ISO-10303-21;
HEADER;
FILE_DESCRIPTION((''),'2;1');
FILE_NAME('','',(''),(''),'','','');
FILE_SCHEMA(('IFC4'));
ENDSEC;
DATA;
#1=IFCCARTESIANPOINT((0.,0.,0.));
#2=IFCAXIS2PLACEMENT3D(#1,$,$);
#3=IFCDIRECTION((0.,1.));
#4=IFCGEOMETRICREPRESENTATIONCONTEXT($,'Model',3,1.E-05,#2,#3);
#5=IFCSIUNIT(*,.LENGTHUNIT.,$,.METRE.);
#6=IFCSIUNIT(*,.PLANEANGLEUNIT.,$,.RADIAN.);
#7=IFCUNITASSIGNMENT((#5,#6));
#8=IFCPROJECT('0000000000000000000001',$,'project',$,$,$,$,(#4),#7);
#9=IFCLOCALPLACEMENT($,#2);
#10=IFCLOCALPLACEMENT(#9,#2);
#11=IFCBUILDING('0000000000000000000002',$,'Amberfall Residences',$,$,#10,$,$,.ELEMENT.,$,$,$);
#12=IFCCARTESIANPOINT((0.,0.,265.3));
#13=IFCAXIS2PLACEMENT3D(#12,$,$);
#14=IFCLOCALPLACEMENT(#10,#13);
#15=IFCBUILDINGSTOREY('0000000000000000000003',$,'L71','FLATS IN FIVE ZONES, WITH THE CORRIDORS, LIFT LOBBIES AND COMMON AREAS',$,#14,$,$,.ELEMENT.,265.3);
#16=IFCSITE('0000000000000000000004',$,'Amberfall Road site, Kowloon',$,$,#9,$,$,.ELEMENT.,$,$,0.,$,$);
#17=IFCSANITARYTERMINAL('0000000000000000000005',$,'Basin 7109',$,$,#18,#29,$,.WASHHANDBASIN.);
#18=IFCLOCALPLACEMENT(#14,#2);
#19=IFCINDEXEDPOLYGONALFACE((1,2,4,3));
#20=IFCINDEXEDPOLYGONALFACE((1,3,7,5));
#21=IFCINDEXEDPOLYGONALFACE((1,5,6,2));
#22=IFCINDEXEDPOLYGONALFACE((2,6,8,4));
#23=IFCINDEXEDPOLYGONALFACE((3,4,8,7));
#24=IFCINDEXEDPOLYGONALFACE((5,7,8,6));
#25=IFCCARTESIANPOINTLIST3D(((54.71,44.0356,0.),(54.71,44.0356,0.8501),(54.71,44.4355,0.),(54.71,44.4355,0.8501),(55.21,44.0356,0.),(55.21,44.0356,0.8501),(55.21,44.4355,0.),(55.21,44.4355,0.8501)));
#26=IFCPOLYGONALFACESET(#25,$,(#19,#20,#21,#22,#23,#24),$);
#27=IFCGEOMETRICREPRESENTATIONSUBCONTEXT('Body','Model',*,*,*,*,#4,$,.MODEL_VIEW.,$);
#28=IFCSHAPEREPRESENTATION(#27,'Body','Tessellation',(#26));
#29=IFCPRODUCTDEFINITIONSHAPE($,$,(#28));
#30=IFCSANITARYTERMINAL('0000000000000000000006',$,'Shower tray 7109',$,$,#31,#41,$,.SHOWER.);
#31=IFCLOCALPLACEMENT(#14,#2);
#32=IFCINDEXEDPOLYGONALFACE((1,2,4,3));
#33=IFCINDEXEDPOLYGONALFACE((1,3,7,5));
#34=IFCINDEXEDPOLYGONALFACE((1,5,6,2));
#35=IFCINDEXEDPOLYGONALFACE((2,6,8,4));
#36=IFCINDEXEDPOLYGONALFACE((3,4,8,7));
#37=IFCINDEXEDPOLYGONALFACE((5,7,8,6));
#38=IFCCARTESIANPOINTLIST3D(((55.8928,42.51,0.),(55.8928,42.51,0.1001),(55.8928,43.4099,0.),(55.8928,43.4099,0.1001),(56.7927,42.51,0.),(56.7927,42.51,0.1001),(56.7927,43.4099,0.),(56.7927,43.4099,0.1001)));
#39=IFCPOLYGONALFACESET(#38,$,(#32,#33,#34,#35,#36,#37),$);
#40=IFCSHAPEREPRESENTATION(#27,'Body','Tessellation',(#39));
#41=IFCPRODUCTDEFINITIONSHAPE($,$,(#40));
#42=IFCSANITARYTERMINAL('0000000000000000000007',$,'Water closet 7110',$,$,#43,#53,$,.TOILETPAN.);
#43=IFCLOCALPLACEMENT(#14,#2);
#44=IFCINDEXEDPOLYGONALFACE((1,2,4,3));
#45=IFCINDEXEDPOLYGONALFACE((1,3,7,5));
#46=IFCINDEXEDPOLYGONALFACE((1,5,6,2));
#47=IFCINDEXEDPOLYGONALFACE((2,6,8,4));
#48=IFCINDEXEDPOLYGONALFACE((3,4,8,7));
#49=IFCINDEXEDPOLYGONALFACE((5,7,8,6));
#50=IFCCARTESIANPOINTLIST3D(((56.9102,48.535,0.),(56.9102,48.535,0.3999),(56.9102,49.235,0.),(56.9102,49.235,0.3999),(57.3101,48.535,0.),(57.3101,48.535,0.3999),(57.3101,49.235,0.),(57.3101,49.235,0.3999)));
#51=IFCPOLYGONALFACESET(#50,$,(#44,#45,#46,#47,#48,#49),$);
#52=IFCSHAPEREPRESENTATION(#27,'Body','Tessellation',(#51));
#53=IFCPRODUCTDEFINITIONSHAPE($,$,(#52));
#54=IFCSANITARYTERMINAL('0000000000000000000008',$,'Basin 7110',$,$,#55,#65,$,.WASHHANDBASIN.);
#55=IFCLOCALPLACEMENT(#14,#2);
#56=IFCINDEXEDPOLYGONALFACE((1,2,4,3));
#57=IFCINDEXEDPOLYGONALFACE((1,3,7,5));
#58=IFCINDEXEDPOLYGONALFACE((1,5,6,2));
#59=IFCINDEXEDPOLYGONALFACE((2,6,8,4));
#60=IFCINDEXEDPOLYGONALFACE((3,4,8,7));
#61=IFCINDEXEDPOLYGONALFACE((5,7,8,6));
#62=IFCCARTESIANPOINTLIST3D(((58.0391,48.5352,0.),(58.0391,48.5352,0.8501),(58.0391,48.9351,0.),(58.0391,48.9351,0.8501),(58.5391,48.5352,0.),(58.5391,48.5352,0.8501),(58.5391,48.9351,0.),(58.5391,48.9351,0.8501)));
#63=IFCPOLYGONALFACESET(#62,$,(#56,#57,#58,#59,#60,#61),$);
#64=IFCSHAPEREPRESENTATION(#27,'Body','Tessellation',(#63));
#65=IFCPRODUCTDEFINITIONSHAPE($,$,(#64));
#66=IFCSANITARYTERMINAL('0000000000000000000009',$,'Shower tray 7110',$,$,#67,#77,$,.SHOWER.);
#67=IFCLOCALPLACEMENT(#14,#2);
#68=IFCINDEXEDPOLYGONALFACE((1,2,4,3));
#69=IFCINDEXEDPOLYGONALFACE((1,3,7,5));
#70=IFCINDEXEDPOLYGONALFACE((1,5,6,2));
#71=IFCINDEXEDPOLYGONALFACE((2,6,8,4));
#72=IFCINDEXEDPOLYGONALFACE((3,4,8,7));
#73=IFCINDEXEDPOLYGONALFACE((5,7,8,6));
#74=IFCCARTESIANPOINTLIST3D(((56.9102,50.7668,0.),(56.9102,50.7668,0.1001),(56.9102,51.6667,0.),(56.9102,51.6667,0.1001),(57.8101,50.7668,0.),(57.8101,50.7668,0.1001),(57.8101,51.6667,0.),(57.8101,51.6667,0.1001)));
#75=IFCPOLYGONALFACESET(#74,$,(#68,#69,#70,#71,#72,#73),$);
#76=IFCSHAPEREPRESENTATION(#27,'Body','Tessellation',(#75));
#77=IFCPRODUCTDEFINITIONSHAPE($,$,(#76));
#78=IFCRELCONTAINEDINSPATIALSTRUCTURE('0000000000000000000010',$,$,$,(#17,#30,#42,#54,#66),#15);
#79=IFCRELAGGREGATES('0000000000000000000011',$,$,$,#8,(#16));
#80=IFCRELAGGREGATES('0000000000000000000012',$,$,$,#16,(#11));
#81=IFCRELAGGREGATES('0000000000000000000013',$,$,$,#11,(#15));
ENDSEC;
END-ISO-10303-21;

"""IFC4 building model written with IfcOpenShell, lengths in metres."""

from ifc_helpers import new_model, si_unit, direction, frame, origin, origin_2d, place, context, subcontext, project, spatial, rectangle, extrude, element, save


model = new_model("IFC4")

# Units and contexts
model_context = context("Model", 3, precision=1e-05, world=origin(), true_north=direction((0.0, 1.0)))
body_context = subcontext(model_context, "Body", "Model", "MODEL_VIEW")
ifc_project = project(units=[si_unit("LENGTHUNIT", "METRE"), si_unit("PLANEANGLEUNIT", "RADIAN")], contexts=[model_context])

# Site, building, storey
site_placement = place(None, origin())
site = spatial("IfcSite", under=ifc_project, at=site_placement, Name="Amberfall Road site, Kowloon", CompositionType="ELEMENT", RefElevation=0.0)
building_placement = place(site_placement, origin())
building = spatial("IfcBuilding", under=site, at=building_placement, Name="Amberfall Residences", CompositionType="ELEMENT")
storey_placement = place(building_placement, frame((0.0, 0.0, 265.3)))
storey = spatial("IfcBuildingStorey", under=building, at=storey_placement, Name="L71", Description="FLATS IN FIVE ZONES, WITH THE CORRIDORS, LIFT LOBBIES AND COMMON AREAS", CompositionType="ELEMENT", Elevation=265.3)

# Sanitary terminals
sanitary_terminal_1_placement = place(storey_placement, frame((54.96, 44.2356, 0.0), z_axis=(0.0, 0.0, 1.0), x_axis=(1.0, 0.0, 0.0)))
element("IfcSanitaryTerminal", 1, at=sanitary_terminal_1_placement, inside=storey, Name="Basin 7109", PredefinedType="WASHHANDBASIN", context=body_context, shape_type="SweptSolid", body=[
    extrude(rectangle(XDim=0.5, YDim=0.3999, at=origin_2d()), origin(), (0.0, 0.0, 1.0), 0.8501),
])
sanitary_terminal_2_placement = place(storey_placement, frame((56.3428, 42.96, 0.0), z_axis=(0.0, 0.0, 1.0), x_axis=(1.0, 0.0, 0.0)))
element("IfcSanitaryTerminal", 2, at=sanitary_terminal_2_placement, inside=storey, Name="Shower tray 7109", PredefinedType="SHOWER", context=body_context, shape_type="SweptSolid", body=[
    extrude(rectangle(XDim=0.8999, YDim=0.8999, at=origin_2d()), origin(), (0.0, 0.0, 1.0), 0.1001),
])
sanitary_terminal_3_placement = place(storey_placement, frame((57.1101, 48.885, 0.0), z_axis=(0.0, 0.0, 1.0), x_axis=(1.0, 0.0, 0.0)))
element("IfcSanitaryTerminal", 3, at=sanitary_terminal_3_placement, inside=storey, Name="Water closet 7110", PredefinedType="TOILETPAN", context=body_context, shape_type="SweptSolid", body=[
    extrude(rectangle(XDim=0.3999, YDim=0.7, at=origin_2d()), origin(), (0.0, 0.0, 1.0), 0.3999),
])
sanitary_terminal_4_placement = place(storey_placement, frame((58.2891, 48.7351, 0.0), z_axis=(0.0, 0.0, 1.0), x_axis=(1.0, 0.0, 0.0)))
element("IfcSanitaryTerminal", 4, at=sanitary_terminal_4_placement, inside=storey, Name="Basin 7110", PredefinedType="WASHHANDBASIN", context=body_context, shape_type="SweptSolid", body=[
    extrude(rectangle(XDim=0.5, YDim=0.3999, at=origin_2d()), origin(), (0.0, 0.0, 1.0), 0.8501),
])
sanitary_terminal_5_placement = place(storey_placement, frame((57.3601, 51.2168, 0.0), z_axis=(0.0, 0.0, 1.0), x_axis=(1.0, 0.0, 0.0)))
element("IfcSanitaryTerminal", 5, at=sanitary_terminal_5_placement, inside=storey, Name="Shower tray 7110", PredefinedType="SHOWER", context=body_context, shape_type="SweptSolid", body=[
    extrude(rectangle(XDim=0.8999, YDim=0.8999, at=origin_2d()), origin(), (0.0, 0.0, 1.0), 0.1001),
])

save(model, "model.ifc")
